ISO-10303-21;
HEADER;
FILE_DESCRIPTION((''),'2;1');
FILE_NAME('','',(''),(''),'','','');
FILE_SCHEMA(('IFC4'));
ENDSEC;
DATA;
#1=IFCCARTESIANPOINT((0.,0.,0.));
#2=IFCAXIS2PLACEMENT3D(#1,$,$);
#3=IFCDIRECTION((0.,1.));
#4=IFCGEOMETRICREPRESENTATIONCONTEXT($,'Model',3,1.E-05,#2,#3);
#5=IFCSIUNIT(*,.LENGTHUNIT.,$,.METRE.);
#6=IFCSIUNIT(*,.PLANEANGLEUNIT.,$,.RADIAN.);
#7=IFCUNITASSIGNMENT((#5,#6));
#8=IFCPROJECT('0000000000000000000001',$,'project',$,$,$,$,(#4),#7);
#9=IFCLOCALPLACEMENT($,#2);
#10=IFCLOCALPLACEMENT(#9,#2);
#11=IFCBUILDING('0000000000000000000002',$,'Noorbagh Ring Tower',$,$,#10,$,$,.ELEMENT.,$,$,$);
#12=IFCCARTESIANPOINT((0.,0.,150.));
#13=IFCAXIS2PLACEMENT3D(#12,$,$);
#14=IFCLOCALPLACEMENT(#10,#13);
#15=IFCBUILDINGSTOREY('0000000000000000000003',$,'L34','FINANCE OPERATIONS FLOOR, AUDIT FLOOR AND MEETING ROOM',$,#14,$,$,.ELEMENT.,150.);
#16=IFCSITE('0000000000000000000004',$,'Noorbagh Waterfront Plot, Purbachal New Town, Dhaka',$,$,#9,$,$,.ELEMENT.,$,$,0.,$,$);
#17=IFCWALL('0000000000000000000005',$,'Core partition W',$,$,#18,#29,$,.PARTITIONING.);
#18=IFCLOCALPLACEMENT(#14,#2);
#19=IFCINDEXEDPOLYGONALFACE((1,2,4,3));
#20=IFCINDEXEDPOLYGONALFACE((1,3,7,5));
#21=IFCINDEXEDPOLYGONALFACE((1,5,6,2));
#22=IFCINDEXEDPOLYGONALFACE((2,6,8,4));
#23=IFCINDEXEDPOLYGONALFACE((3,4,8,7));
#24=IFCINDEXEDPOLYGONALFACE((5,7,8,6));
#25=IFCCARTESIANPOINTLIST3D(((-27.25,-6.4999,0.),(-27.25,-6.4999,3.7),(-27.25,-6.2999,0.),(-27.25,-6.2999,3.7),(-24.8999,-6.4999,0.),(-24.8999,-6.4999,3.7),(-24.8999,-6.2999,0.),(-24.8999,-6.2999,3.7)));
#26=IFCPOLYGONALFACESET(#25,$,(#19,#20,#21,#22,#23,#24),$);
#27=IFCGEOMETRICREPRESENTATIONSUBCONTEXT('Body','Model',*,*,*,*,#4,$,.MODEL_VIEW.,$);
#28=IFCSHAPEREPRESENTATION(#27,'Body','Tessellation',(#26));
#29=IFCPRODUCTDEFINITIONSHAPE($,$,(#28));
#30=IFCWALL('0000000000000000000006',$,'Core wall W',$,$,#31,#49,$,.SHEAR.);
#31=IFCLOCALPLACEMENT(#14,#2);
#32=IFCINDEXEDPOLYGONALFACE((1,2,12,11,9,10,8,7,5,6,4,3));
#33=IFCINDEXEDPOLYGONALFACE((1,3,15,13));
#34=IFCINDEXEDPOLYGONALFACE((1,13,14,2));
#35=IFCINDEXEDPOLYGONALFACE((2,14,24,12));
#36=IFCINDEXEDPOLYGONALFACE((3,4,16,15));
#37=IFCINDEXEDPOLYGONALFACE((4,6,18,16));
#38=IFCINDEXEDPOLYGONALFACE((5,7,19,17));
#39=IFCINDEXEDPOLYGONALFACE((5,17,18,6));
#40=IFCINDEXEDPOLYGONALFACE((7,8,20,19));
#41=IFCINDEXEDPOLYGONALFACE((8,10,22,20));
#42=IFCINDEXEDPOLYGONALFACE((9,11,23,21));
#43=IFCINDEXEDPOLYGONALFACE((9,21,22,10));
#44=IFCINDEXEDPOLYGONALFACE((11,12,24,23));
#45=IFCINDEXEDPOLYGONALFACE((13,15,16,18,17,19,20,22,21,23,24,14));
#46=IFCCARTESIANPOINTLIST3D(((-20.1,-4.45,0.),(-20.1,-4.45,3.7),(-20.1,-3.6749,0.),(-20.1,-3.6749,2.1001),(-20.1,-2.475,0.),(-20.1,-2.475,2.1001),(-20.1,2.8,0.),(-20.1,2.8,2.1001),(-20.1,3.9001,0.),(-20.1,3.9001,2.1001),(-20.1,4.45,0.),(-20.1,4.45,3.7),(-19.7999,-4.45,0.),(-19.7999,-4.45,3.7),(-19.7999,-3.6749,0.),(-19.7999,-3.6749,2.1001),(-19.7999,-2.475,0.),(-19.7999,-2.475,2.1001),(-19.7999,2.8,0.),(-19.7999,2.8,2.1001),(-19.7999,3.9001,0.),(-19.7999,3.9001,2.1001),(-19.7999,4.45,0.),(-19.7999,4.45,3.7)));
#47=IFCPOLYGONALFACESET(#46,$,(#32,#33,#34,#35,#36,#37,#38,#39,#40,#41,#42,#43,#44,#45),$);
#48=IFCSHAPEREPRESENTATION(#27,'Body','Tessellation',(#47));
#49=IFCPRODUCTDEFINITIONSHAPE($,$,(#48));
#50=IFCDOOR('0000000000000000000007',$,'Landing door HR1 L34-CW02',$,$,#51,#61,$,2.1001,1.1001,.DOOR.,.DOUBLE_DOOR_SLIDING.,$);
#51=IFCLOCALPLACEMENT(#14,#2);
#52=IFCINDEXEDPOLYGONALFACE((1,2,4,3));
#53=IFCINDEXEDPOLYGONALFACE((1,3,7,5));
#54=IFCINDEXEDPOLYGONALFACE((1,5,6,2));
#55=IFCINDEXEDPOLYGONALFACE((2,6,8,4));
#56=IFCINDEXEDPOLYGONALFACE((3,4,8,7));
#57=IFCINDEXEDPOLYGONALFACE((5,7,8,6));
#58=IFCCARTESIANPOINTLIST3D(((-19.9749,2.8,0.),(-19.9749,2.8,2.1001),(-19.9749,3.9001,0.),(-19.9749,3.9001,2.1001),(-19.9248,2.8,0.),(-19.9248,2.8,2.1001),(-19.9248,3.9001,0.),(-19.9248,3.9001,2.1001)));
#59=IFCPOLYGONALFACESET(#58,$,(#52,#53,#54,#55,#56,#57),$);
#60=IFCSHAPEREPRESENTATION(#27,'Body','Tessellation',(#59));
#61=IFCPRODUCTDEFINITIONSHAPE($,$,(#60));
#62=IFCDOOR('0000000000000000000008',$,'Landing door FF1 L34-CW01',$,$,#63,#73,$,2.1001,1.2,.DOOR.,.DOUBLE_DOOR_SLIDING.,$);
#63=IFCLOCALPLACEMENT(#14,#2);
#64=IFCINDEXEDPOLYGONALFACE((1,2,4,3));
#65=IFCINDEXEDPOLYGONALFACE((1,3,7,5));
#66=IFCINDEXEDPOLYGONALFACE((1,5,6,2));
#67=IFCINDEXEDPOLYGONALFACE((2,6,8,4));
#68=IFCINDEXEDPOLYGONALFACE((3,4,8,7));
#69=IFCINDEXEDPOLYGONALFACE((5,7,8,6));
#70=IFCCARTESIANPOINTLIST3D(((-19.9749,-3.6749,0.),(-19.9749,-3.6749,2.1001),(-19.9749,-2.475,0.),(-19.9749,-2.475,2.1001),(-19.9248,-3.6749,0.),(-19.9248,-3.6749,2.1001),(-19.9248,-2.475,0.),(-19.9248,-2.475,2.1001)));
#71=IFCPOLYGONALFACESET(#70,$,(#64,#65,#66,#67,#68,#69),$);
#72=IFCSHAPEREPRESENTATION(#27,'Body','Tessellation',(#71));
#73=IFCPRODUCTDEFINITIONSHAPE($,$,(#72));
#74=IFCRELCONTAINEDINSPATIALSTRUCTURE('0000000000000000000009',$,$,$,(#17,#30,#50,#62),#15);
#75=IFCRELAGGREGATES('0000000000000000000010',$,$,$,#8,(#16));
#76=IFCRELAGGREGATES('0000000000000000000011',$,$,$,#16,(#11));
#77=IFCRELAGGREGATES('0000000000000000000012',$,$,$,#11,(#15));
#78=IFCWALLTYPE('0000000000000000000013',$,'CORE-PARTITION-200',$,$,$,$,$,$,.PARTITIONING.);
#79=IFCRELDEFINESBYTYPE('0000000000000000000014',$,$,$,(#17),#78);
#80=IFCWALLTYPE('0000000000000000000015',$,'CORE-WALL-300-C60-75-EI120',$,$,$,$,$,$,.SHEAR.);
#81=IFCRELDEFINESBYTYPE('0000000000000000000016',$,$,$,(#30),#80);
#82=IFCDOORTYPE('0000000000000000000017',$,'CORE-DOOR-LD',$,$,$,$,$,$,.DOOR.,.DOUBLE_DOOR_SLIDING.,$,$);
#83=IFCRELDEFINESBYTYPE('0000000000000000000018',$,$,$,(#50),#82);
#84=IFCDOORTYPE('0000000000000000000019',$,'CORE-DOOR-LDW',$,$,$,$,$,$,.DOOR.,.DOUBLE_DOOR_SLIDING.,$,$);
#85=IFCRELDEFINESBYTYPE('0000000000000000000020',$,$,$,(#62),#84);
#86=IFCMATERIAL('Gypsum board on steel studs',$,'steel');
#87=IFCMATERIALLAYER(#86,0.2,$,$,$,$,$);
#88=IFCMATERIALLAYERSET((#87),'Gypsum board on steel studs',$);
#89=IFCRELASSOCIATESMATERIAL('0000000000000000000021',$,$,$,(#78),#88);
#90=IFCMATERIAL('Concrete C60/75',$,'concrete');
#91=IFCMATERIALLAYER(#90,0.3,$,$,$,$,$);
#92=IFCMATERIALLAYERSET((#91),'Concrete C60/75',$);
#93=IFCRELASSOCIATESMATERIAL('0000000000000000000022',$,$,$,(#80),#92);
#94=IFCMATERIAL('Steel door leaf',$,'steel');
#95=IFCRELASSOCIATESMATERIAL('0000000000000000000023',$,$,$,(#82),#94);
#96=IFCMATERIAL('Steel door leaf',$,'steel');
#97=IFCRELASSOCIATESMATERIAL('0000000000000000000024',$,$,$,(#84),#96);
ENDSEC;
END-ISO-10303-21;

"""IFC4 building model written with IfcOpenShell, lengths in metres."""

from ifc_helpers import new_model, si_unit, direction, frame, frame_2d, origin, place, context, subcontext, project, spatial, rectangle, extrude, material, layer, layer_set, type_object, element, fill, save


model = new_model("IFC4")

# Units and contexts
model_context = context("Model", 3, precision=1e-05, world=origin(), true_north=direction((0.0, 1.0)))
body_context = subcontext(model_context, "Body", "Model", "MODEL_VIEW")
ifc_project = project(units=[si_unit("LENGTHUNIT", "METRE"), si_unit("PLANEANGLEUNIT", "RADIAN")], contexts=[model_context])

# Site, building, storey
site_placement = place(None, origin())
site = spatial("IfcSite", under=ifc_project, at=site_placement, Name="Noorbagh Waterfront Plot, Purbachal New Town, Dhaka", CompositionType="ELEMENT", RefElevation=0.0)
building_placement = place(site_placement, origin())
building = spatial("IfcBuilding", under=site, at=building_placement, Name="Noorbagh Ring Tower", CompositionType="ELEMENT")
storey_placement = place(building_placement, frame((0.0, 0.0, 150.0)))
storey = spatial("IfcBuildingStorey", under=building, at=storey_placement, Name="L34", Description="FINANCE OPERATIONS FLOOR, AUDIT FLOOR AND MEETING ROOM", CompositionType="ELEMENT", Elevation=150.0)

# Wall
ifc_material_1 = material(Name="Gypsum board on steel studs", Category="steel")
ifc_layer_1 = layer(ifc_material_1, 0.2)
ifc_layer_set_1 = layer_set([ifc_layer_1], Name="Gypsum board on steel studs")
wall_type_1 = type_object("IfcWallType", Name="CORE-PARTITION-200", PredefinedType="PARTITIONING", material=ifc_layer_set_1)
wall_1_placement = place(storey_placement, frame((-24.8999, -6.3999, 0.0), z_axis=(0.0, 0.0, 1.0), x_axis=(-1.0, 0.0, 0.0)))
element("IfcWall", 1, at=wall_1_placement, inside=storey, type_object=wall_type_1, Name="Core partition W", PredefinedType="PARTITIONING", context=body_context, shape_type="SweptSolid", body=[
    extrude(rectangle(XDim=2.3501, YDim=0.2, at=frame_2d((1.175, 0.0))), origin(), (0.0, 0.0, 1.0), 3.7),
])

# Wall, openings, doors
ifc_material_2 = material(Name="Concrete C60/75", Category="concrete")
ifc_layer_2 = layer(ifc_material_2, 0.3)
ifc_layer_set_2 = layer_set([ifc_layer_2], Name="Concrete C60/75")
wall_type_2 = type_object("IfcWallType", Name="CORE-WALL-300-C60-75-EI120", PredefinedType="SHEAR", material=ifc_layer_set_2)
wall_2_placement = place(storey_placement, frame((-19.95, -4.45, 0.0), z_axis=(0.0, 0.0, 1.0), x_axis=(0.0, 1.0, 0.0)))
wall_2 = element("IfcWall", 2, at=wall_2_placement, inside=storey, type_object=wall_type_2, Name="Core wall W", PredefinedType="SHEAR", context=body_context, shape_type="SweptSolid", body=[
    extrude(rectangle(XDim=8.8999, YDim=0.3, at=frame_2d((4.45, 0.0))), origin(), (0.0, 0.0, 1.0), 3.7),
])
opening_1_placement = place(wall_2_placement, frame((0.7749, 0.0, 0.0)))
opening_1 = element("IfcOpeningElement", 3, at=opening_1_placement, cuts=wall_2, PredefinedType="OPENING", context=body_context, shape_type="SweptSolid", body=[
    extrude(rectangle(XDim=1.2, YDim=2.1001, at=frame_2d((0.6001, 1.05))), frame((0.0, 0.1602, 0.0), z_axis=(0.0, -1.0, 0.0), x_axis=(1.0, 0.0, 0.0)), (0.0, 0.0, 1.0), 0.3201),
])
opening_2_placement = place(wall_2_placement, frame((7.25, 0.0, 0.0)))
opening_2 = element("IfcOpeningElement", 4, at=opening_2_placement, cuts=wall_2, PredefinedType="OPENING", context=body_context, shape_type="SweptSolid", body=[
    extrude(rectangle(XDim=1.1001, YDim=2.1001, at=frame_2d((0.55, 1.05))), frame((0.0, 0.1602, 0.0), z_axis=(0.0, -1.0, 0.0), x_axis=(1.0, 0.0, 0.0)), (0.0, 0.0, 1.0), 0.3201),
])
ifc_material_3 = material(Name="Steel door leaf", Category="steel")
door_type_1 = type_object("IfcDoorType", Name="CORE-DOOR-LD", OperationType="DOUBLE_DOOR_SLIDING", PredefinedType="DOOR", material=ifc_material_3)
door_1_placement = place(opening_2_placement, origin())
door_1 = element("IfcDoor", 5, at=door_1_placement, inside=storey, type_object=door_type_1, Name="Landing door HR1 L34-CW02", OperationType="DOUBLE_DOOR_SLIDING", OverallHeight=2.1001, OverallWidth=1.1001, PredefinedType="DOOR", context=body_context, shape_type="SweptSolid", body=[
    extrude(rectangle(XDim=1.1001, YDim=2.1001, at=frame_2d((0.55, 1.05))), frame((0.0, 0.0249, 0.0), z_axis=(0.0, -1.0, 0.0), x_axis=(1.0, 0.0, 0.0)), (0.0, 0.0, 1.0), 0.05),
])
fill(opening_2, door_1)
ifc_material_4 = material(Name="Steel door leaf", Category="steel")
door_type_2 = type_object("IfcDoorType", Name="CORE-DOOR-LDW", OperationType="DOUBLE_DOOR_SLIDING", PredefinedType="DOOR", material=ifc_material_4)
door_2_placement = place(opening_1_placement, origin())
door_2 = element("IfcDoor", 6, at=door_2_placement, inside=storey, type_object=door_type_2, Name="Landing door FF1 L34-CW01", OperationType="DOUBLE_DOOR_SLIDING", OverallHeight=2.1001, OverallWidth=1.2, PredefinedType="DOOR", context=body_context, shape_type="SweptSolid", body=[
    extrude(rectangle(XDim=1.2, YDim=2.1001, at=frame_2d((0.6001, 1.05))), frame((0.0, 0.0249, 0.0), z_axis=(0.0, -1.0, 0.0), x_axis=(1.0, 0.0, 0.0)), (0.0, 0.0, 1.0), 0.05),
])
fill(opening_1, door_2)

save(model, "model.ifc")
